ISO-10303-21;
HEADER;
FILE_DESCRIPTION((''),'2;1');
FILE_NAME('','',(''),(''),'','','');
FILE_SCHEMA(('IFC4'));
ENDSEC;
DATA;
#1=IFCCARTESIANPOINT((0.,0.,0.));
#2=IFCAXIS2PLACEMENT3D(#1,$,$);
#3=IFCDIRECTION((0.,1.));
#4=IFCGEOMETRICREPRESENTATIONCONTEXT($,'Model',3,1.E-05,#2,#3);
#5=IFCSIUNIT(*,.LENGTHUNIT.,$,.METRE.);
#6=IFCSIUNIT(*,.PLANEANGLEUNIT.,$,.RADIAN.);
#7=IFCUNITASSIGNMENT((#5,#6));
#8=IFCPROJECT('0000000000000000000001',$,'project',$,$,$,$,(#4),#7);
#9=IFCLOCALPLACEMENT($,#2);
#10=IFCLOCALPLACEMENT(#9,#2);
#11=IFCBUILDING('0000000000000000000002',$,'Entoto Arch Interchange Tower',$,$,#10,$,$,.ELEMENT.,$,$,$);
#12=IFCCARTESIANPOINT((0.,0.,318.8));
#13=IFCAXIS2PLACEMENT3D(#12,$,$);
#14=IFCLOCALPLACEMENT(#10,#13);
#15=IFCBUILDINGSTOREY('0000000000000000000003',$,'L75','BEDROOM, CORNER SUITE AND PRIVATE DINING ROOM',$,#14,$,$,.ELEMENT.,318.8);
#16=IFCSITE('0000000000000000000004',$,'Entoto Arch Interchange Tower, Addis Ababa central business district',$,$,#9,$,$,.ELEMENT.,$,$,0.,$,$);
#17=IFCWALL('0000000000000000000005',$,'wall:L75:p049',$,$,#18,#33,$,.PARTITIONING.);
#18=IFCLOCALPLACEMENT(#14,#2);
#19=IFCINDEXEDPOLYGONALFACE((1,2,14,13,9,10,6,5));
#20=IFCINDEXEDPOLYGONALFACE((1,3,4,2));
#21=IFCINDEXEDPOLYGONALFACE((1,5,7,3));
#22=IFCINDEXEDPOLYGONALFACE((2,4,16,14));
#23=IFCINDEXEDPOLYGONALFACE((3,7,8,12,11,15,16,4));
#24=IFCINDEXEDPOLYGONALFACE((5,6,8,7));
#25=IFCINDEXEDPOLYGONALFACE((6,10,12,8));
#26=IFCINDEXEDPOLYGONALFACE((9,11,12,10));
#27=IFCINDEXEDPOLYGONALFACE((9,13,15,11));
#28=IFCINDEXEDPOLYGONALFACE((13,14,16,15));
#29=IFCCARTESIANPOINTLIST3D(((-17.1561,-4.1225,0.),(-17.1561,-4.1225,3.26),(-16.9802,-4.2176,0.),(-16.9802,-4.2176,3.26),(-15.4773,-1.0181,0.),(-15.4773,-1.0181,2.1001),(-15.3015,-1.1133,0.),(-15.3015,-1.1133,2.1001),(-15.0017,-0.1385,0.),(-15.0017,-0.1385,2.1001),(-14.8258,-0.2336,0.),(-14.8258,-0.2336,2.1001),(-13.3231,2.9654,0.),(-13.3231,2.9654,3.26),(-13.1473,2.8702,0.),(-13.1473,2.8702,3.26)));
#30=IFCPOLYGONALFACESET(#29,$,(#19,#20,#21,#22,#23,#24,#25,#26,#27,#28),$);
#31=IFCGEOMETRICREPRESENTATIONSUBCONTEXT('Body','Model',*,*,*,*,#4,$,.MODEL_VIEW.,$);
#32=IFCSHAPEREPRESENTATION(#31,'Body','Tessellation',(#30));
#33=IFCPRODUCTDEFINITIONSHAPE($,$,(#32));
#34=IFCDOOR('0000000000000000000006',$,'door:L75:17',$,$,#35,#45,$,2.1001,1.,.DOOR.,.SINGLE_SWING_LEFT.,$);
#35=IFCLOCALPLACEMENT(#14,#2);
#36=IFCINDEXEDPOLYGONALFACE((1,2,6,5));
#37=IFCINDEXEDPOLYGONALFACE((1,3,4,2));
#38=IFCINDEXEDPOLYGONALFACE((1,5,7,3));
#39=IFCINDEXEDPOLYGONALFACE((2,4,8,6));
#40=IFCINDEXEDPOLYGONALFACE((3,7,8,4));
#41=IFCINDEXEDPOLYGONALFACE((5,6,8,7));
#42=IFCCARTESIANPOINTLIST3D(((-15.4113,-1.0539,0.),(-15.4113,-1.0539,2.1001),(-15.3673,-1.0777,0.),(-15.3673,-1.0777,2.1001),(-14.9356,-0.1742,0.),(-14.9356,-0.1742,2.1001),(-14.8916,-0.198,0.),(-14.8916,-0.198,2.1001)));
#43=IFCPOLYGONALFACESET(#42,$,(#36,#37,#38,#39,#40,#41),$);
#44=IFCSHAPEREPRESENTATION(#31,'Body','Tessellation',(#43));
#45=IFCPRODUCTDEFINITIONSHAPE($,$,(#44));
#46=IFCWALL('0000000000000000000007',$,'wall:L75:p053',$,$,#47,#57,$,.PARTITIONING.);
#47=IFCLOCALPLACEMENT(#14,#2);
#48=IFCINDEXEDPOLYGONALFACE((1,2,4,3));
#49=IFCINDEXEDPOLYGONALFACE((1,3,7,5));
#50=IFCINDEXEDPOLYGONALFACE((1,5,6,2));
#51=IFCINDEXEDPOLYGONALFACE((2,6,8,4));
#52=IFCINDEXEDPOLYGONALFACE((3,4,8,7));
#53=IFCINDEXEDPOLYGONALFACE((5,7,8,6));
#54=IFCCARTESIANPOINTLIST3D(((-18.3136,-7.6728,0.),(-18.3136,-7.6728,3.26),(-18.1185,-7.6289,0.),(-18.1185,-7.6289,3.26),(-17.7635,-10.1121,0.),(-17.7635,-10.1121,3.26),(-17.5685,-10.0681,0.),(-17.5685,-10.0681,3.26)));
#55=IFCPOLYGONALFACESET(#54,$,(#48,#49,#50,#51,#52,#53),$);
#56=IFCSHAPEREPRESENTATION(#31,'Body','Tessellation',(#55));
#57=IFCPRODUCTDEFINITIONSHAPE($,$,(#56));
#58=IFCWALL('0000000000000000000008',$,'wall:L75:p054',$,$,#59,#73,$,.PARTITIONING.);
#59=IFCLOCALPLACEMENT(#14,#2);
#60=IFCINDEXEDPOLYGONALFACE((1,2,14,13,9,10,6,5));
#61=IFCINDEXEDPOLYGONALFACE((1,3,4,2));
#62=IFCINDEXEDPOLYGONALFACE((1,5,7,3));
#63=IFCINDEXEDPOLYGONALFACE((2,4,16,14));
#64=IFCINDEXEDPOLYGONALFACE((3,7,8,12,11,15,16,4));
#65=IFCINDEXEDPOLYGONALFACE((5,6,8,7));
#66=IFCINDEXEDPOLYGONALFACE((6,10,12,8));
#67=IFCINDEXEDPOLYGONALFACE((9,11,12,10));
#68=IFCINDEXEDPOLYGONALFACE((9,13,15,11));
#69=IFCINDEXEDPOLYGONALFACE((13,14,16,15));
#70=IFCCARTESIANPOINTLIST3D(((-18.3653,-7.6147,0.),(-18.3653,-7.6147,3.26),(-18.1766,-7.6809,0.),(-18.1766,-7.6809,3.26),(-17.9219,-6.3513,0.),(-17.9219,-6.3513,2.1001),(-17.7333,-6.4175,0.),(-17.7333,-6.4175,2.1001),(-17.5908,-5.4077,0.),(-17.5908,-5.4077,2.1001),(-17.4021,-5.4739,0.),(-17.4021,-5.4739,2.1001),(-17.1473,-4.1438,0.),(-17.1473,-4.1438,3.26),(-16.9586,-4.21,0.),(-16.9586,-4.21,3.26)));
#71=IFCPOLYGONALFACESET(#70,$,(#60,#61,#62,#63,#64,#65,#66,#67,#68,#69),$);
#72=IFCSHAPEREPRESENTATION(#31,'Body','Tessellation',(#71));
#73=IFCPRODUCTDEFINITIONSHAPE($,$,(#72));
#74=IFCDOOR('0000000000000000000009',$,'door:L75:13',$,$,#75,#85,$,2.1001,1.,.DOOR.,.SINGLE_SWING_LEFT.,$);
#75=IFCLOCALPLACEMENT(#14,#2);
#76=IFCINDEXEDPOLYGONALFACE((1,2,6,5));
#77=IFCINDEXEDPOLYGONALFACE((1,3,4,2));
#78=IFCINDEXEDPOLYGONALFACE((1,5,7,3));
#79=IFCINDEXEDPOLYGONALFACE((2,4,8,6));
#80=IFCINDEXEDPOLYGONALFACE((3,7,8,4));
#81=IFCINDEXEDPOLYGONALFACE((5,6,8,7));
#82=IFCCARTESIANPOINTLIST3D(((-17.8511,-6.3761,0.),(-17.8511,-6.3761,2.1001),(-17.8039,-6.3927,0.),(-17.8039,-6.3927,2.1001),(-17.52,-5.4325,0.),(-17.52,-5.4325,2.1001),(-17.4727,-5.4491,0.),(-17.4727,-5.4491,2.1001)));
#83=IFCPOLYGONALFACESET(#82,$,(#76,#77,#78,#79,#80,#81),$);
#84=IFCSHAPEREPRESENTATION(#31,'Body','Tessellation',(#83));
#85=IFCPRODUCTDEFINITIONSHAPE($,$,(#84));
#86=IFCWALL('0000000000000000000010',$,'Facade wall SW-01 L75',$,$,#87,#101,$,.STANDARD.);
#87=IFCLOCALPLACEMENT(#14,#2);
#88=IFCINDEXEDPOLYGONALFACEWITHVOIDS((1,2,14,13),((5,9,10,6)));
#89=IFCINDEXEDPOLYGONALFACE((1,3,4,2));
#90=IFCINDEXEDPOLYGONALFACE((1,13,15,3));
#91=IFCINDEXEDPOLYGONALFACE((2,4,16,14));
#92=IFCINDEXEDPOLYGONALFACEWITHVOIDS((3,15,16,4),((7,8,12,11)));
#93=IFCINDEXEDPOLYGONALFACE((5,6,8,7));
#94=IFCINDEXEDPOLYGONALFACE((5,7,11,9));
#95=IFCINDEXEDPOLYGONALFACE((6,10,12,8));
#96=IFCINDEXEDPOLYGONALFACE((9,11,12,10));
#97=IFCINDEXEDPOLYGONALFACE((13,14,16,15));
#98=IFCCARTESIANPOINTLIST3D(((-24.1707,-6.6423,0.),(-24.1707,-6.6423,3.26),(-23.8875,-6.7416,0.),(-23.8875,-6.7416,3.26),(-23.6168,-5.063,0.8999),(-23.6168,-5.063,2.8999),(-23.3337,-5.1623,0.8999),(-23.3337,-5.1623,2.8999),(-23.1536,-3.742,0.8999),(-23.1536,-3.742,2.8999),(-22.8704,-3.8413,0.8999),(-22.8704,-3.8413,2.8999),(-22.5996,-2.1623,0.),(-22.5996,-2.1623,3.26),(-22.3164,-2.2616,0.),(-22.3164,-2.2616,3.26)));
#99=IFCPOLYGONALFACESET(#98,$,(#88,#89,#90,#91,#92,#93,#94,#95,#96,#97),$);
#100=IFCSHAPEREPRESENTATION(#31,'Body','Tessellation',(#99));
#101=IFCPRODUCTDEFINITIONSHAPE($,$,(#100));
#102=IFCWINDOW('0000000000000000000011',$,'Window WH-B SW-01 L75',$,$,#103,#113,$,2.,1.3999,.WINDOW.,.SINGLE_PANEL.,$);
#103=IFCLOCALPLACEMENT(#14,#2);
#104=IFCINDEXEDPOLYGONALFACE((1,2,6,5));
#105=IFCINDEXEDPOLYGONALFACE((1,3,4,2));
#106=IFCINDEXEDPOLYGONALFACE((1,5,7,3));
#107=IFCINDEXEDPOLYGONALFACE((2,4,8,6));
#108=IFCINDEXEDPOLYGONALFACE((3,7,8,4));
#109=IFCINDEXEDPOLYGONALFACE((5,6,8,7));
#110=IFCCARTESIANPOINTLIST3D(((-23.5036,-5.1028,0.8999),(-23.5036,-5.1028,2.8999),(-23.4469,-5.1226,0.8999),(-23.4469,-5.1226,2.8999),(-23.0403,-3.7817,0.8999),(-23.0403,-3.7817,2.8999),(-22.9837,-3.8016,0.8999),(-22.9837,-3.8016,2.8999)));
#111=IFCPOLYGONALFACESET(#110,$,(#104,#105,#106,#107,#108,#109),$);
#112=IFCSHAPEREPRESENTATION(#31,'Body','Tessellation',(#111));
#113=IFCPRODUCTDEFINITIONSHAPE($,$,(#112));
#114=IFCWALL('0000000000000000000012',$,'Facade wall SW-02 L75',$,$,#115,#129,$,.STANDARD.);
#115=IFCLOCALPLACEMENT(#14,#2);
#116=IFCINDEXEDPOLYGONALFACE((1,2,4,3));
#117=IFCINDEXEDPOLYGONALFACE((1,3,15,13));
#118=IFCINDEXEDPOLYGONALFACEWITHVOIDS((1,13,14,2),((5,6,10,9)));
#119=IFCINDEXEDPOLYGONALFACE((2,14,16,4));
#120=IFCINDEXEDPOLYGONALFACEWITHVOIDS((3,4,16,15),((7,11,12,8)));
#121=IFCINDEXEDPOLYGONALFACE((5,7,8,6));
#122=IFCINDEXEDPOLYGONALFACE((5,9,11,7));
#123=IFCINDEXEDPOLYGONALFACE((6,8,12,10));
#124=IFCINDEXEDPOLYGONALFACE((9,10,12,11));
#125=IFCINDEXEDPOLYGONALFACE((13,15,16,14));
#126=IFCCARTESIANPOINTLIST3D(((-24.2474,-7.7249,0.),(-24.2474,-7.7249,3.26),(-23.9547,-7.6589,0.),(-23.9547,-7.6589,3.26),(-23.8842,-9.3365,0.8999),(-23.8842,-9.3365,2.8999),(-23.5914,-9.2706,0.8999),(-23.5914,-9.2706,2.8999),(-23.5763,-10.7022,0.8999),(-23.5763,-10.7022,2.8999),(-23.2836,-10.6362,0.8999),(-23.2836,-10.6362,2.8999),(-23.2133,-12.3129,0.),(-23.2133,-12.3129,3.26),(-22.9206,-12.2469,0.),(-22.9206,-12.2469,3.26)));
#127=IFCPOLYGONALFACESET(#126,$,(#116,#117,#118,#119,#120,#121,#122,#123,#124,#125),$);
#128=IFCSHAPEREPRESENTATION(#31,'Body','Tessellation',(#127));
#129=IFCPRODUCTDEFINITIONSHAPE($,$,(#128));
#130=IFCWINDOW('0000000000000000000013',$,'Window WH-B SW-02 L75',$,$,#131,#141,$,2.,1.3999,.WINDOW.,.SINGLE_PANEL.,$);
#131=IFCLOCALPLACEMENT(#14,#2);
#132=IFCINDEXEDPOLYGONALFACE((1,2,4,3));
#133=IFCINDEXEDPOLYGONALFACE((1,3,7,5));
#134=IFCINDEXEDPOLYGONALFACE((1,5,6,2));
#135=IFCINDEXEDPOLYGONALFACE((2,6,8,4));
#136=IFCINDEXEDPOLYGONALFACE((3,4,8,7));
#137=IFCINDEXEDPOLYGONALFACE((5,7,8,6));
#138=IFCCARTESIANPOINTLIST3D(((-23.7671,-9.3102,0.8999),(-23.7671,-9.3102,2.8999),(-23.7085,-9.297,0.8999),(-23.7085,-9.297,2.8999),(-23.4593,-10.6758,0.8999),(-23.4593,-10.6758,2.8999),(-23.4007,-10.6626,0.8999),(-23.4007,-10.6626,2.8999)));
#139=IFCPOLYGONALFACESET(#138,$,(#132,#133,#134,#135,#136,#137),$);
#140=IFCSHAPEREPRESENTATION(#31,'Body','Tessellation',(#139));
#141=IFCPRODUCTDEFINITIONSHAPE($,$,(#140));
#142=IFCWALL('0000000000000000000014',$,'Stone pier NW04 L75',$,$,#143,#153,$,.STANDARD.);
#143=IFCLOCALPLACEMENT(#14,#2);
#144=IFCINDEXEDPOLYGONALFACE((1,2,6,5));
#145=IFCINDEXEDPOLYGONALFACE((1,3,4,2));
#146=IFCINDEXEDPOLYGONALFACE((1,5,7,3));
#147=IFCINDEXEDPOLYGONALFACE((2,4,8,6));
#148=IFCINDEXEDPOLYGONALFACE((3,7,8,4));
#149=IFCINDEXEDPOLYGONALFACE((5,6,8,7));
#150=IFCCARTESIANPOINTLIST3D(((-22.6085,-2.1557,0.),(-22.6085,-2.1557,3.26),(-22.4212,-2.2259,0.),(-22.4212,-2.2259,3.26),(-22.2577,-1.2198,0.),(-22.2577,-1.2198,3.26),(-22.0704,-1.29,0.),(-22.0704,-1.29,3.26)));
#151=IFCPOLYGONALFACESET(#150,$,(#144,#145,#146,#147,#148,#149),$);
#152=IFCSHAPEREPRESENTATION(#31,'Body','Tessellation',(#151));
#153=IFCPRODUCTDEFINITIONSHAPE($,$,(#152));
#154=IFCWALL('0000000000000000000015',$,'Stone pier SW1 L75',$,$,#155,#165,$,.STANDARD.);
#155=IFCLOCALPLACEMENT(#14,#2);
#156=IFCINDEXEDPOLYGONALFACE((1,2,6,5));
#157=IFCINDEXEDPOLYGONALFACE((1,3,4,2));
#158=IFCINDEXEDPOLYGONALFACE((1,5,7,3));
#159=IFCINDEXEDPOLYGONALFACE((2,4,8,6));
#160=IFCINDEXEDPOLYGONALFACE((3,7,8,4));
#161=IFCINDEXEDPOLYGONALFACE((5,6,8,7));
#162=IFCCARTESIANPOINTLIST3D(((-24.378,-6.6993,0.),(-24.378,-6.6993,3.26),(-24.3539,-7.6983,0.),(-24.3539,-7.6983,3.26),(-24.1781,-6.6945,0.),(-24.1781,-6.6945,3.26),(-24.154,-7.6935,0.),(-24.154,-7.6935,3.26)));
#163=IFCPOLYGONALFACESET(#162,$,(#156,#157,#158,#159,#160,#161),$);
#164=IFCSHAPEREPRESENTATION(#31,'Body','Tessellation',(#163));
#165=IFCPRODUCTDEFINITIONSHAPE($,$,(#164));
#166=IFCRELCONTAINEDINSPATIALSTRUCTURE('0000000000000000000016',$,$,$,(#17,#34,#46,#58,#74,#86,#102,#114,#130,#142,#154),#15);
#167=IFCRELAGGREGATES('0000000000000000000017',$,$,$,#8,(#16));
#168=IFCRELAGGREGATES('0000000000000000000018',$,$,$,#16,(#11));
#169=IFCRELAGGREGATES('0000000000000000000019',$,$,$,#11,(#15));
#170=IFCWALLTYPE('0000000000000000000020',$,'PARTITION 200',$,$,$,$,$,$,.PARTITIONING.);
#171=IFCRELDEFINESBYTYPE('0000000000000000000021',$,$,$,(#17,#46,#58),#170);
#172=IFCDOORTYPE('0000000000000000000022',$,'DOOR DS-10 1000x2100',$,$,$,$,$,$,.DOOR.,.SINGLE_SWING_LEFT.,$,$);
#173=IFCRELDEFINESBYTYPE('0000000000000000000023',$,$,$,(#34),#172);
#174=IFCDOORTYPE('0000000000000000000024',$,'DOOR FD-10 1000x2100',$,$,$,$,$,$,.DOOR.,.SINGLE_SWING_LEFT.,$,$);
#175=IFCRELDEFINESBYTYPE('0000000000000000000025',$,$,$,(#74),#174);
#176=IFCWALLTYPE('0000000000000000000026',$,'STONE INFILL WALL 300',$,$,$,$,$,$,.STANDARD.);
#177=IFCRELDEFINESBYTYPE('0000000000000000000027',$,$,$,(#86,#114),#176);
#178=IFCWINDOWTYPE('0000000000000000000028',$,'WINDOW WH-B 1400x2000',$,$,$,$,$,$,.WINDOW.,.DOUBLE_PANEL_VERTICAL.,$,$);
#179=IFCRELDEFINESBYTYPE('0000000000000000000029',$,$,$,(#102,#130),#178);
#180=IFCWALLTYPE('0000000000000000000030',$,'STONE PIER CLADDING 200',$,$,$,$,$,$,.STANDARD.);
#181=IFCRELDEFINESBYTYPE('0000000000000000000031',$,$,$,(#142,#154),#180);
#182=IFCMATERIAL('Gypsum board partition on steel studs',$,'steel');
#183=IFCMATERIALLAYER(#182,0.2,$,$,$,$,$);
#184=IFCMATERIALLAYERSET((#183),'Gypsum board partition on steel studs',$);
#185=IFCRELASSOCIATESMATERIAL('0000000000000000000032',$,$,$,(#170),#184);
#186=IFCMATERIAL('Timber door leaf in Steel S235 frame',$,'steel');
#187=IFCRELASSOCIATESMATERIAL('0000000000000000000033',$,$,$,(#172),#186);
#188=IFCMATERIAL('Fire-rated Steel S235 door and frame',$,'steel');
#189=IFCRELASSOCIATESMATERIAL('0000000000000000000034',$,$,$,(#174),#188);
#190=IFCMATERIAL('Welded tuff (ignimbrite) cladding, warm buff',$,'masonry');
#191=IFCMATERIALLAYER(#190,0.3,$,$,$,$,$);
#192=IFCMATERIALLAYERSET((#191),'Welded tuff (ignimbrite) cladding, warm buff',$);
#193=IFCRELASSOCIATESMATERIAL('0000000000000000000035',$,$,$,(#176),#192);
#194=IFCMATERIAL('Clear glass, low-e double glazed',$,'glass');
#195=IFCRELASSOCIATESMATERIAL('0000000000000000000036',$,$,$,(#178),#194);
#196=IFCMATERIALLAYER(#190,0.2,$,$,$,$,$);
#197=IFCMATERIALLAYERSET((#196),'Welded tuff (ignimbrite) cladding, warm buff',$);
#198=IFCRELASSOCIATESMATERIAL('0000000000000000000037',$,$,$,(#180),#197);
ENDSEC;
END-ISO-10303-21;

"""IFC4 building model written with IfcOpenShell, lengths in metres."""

from ifc_helpers import new_model, si_unit, direction, frame, frame_2d, origin, place, context, subcontext, project, spatial, rectangle, extrude, material, layer, layer_set, type_object, element, fill, save


model = new_model("IFC4")

# Units and contexts
model_context = context("Model", 3, precision=1e-05, world=origin(), true_north=direction((0.0, 1.0)))
body_context = subcontext(model_context, "Body", "Model", "MODEL_VIEW")
ifc_project = project(units=[si_unit("LENGTHUNIT", "METRE"), si_unit("PLANEANGLEUNIT", "RADIAN")], contexts=[model_context])

# Site, building, storey
site_placement = place(None, origin())
site = spatial("IfcSite", under=ifc_project, at=site_placement, Name="Entoto Arch Interchange Tower, Addis Ababa central business district", CompositionType="ELEMENT", RefElevation=0.0)
building_placement = place(site_placement, origin())
building = spatial("IfcBuilding", under=site, at=building_placement, Name="Entoto Arch Interchange Tower", CompositionType="ELEMENT")
storey_placement = place(building_placement, frame((0.0, 0.0, 318.8)))
storey = spatial("IfcBuildingStorey", under=building, at=storey_placement, Name="L75", Description="BEDROOM, CORNER SUITE AND PRIVATE DINING ROOM", CompositionType="ELEMENT", Elevation=318.8)

# Shared definitions
ifc_material_1 = material(Name="Gypsum board partition on steel studs", Category="steel")
ifc_layer_1 = layer(ifc_material_1, 0.2)
ifc_layer_set_1 = layer_set([ifc_layer_1], Name="Gypsum board partition on steel studs")
wall_type_1 = type_object("IfcWallType", Name="PARTITION 200", PredefinedType="PARTITIONING", material=ifc_layer_set_1)

# Shared definitions
ifc_material_2 = material(Name="Timber door leaf in Steel S235 frame", Category="steel")
door_type_1 = type_object("IfcDoorType", Name="DOOR DS-10 1000x2100", OperationType="SINGLE_SWING_LEFT", PredefinedType="DOOR", material=ifc_material_2)

# Wall, opening, door
wall_1_placement = place(storey_placement, frame((-17.0681, -4.1699, 0.0), z_axis=(0.0, 0.0, 1.0), x_axis=(0.475682, 0.879617, 0.0)))
wall_1 = element("IfcWall", 1, at=wall_1_placement, inside=storey, type_object=wall_type_1, Name="wall:L75:p049", PredefinedType="PARTITIONING", context=body_context, shape_type="SweptSolid", body=[
    extrude(rectangle(XDim=8.0579, YDim=0.2, at=frame_2d((4.0288, 0.0))), origin(), (0.0, 0.0, 1.0), 3.26),
])
opening_1_placement = place(wall_1_placement, frame((3.5291, 0.0, 0.0)))
opening_1 = element("IfcOpeningElement", 2, at=opening_1_placement, cuts=wall_1, PredefinedType="OPENING", context=body_context, shape_type="SweptSolid", body=[
    extrude(rectangle(XDim=1.0, YDim=2.1001, at=frame_2d((0.5, 1.05))), frame((0.0, 0.1099, 0.0), z_axis=(0.0, -1.0, 0.0), x_axis=(1.0, 0.0, 0.0)), (0.0, 0.0, 1.0), 0.22),
])
door_1_placement = place(opening_1_placement, origin())
door_1 = element("IfcDoor", 3, at=door_1_placement, inside=storey, type_object=door_type_1, Name="door:L75:17", OperationType="SINGLE_SWING_LEFT", OverallHeight=2.1001, OverallWidth=1.0, PredefinedType="DOOR", context=body_context, shape_type="SweptSolid", body=[
    extrude(rectangle(XDim=1.0, YDim=2.1001, at=frame_2d((0.5, 1.05))), frame((0.0, 0.0249, 0.0), z_axis=(0.0, -1.0, 0.0), x_axis=(1.0, 0.0, 0.0)), (0.0, 0.0, 1.0), 0.05),
])
fill(opening_1, door_1)

# Wall
wall_2_placement = place(storey_placement, frame((-17.666, -10.0901, 0.0), z_axis=(0.0, 0.0, 1.0), x_axis=(-0.219979, 0.975505, 0.0)))
element("IfcWall", 4, at=wall_2_placement, inside=storey, type_object=wall_type_1, Name="wall:L75:p053", PredefinedType="PARTITIONING", context=body_context, shape_type="SweptSolid", body=[
    extrude(rectangle(XDim=2.5005, YDim=0.2, at=frame_2d((1.2502, 0.0))), origin(), (0.0, 0.0, 1.0), 3.26),
])

# Wall, opening, door
wall_3_placement = place(storey_placement, frame((-18.271, -7.6479, 0.0), z_axis=(0.0, 0.0, 1.0), x_axis=(0.331122, 0.943588, 0.0)))
wall_3 = element("IfcWall", 5, at=wall_3_placement, inside=storey, type_object=wall_type_1, Name="wall:L75:p054", PredefinedType="PARTITIONING", context=body_context, shape_type="SweptSolid", body=[
    extrude(rectangle(XDim=3.6785, YDim=0.2, at=frame_2d((1.8394, 0.0))), origin(), (0.0, 0.0, 1.0), 3.26),
])
opening_2_placement = place(wall_3_placement, frame((1.3391, 0.0, 0.0)))
opening_2 = element("IfcOpeningElement", 6, at=opening_2_placement, cuts=wall_3, PredefinedType="OPENING", context=body_context, shape_type="SweptSolid", body=[
    extrude(rectangle(XDim=1.0, YDim=2.1001, at=frame_2d((0.5, 1.05))), frame((0.0, 0.1099, 0.0), z_axis=(0.0, -1.0, 0.0), x_axis=(1.0, 0.0, 0.0)), (0.0, 0.0, 1.0), 0.22),
])
ifc_material_3 = material(Name="Fire-rated Steel S235 door and frame", Category="steel")
door_type_2 = type_object("IfcDoorType", Name="DOOR FD-10 1000x2100", OperationType="SINGLE_SWING_LEFT", PredefinedType="DOOR", material=ifc_material_3)
door_2_placement = place(opening_2_placement, origin())
door_2 = element("IfcDoor", 7, at=door_2_placement, inside=storey, type_object=door_type_2, Name="door:L75:13", OperationType="SINGLE_SWING_LEFT", OverallHeight=2.1001, OverallWidth=1.0, PredefinedType="DOOR", context=body_context, shape_type="SweptSolid", body=[
    extrude(rectangle(XDim=1.0, YDim=2.1001, at=frame_2d((0.5, 1.05))), frame((0.0, 0.0249, 0.0), z_axis=(0.0, -1.0, 0.0), x_axis=(1.0, 0.0, 0.0)), (0.0, 0.0, 1.0), 0.05),
])
fill(opening_2, door_2)

# Walls, openings, windows
ifc_material_4 = material(Name="Welded tuff (ignimbrite) cladding, warm buff", Category="masonry")
ifc_layer_2 = layer(ifc_material_4, 0.3)
ifc_layer_set_2 = layer_set([ifc_layer_2], Name="Welded tuff (ignimbrite) cladding, warm buff")
wall_type_2 = type_object("IfcWallType", Name="STONE INFILL WALL 300", PredefinedType="STANDARD", material=ifc_layer_set_2)
wall_4_placement = place(storey_placement, frame((-22.458, -2.2119, 0.0), z_axis=(0.0, 0.0, 1.0), x_axis=(-0.330923, -0.943658, 0.0)))
wall_4 = element("IfcWall", 8, at=wall_4_placement, inside=storey, type_object=wall_type_2, Name="Facade wall SW-01 L75", PredefinedType="STANDARD", context=body_context, shape_type="SweptSolid", body=[
    extrude(rectangle(XDim=4.7476, YDim=0.3, at=frame_2d((2.3738, 0.0))), origin(), (0.0, 0.0, 1.0), 3.26),
])
opening_3_placement = place(wall_4_placement, frame((1.6741, 0.0, 0.8999)))
opening_3 = element("IfcOpeningElement", 9, at=opening_3_placement, cuts=wall_4, PredefinedType="OPENING", context=body_context, shape_type="SweptSolid", body=[
    extrude(rectangle(XDim=1.3999, YDim=2.0, at=frame_2d((0.7, 1.0))), frame((0.0, 0.1602, 0.0), z_axis=(0.0, -1.0, 0.0), x_axis=(1.0, 0.0, 0.0)), (0.0, 0.0, 1.0), 0.3201),
])
ifc_material_5 = material(Name="Clear glass, low-e double glazed", Category="glass")
window_type = type_object("IfcWindowType", Name="WINDOW WH-B 1400x2000", PartitioningType="DOUBLE_PANEL_VERTICAL", PredefinedType="WINDOW", material=ifc_material_5)
window_1_placement = place(opening_3_placement, origin())
window_1 = element("IfcWindow", 10, at=window_1_placement, inside=storey, type_object=window_type, Name="Window WH-B SW-01 L75", OverallHeight=2.0, OverallWidth=1.3999, PartitioningType="SINGLE_PANEL", PredefinedType="WINDOW", context=body_context, shape_type="SweptSolid", body=[
    extrude(rectangle(XDim=1.3999, YDim=2.0, at=frame_2d((0.7, 1.0))), frame((0.0, 0.03, 0.0), z_axis=(0.0, -1.0, 0.0), x_axis=(1.0, 0.0, 0.0)), (0.0, 0.0, 1.0), 0.0601),
])
fill(opening_3, window_1)
wall_5_placement = place(storey_placement, frame((-24.1011, -7.6919, 0.0), z_axis=(0.0, 0.0, 1.0), x_axis=(0.219886, -0.975525, 0.0)))
wall_5 = element("IfcWall", 11, at=wall_5_placement, inside=storey, type_object=wall_type_2, Name="Facade wall SW-02 L75", PredefinedType="STANDARD", context=body_context, shape_type="SweptSolid", body=[
    extrude(rectangle(XDim=4.7031, YDim=0.3, at=frame_2d((2.3516, 0.0))), origin(), (0.0, 0.0, 1.0), 3.26),
])
opening_4_placement = place(wall_5_placement, frame((1.6521, 0.0, 0.8999)))
opening_4 = element("IfcOpeningElement", 12, at=opening_4_placement, cuts=wall_5, PredefinedType="OPENING", context=body_context, shape_type="SweptSolid", body=[
    extrude(rectangle(XDim=1.3999, YDim=2.0, at=frame_2d((0.7, 1.0))), frame((0.0, 0.1602, 0.0), z_axis=(0.0, -1.0, 0.0), x_axis=(1.0, 0.0, 0.0)), (0.0, 0.0, 1.0), 0.3201),
])
window_2_placement = place(opening_4_placement, origin())
window_2 = element("IfcWindow", 13, at=window_2_placement, inside=storey, type_object=window_type, Name="Window WH-B SW-02 L75", OverallHeight=2.0, OverallWidth=1.3999, PartitioningType="SINGLE_PANEL", PredefinedType="WINDOW", context=body_context, shape_type="SweptSolid", body=[
    extrude(rectangle(XDim=1.3999, YDim=2.0, at=frame_2d((0.7, 1.0))), frame((0.0, 0.03, 0.0), z_axis=(0.0, -1.0, 0.0), x_axis=(1.0, 0.0, 0.0)), (0.0, 0.0, 1.0), 0.0601),
])
fill(opening_4, window_2)

# Walls
ifc_layer_3 = layer(ifc_material_4, 0.2)
ifc_layer_set_3 = layer_set([ifc_layer_3], Name="Welded tuff (ignimbrite) cladding, warm buff")
wall_type_3 = type_object("IfcWallType", Name="STONE PIER CLADDING 200", PredefinedType="STANDARD", material=ifc_layer_set_3)
wall_6_placement = place(storey_placement, frame((-22.1641, -1.2549, 0.0), z_axis=(0.0, 0.0, 1.0), x_axis=(-0.350963, -0.936389, 0.0)))
element("IfcWall", 14, at=wall_6_placement, inside=storey, type_object=wall_type_3, Name="Stone pier NW04 L75", PredefinedType="STANDARD", context=body_context, shape_type="SweptSolid", body=[
    extrude(rectangle(XDim=0.9995, YDim=0.2, at=frame_2d((0.4998, 0.0))), origin(), (0.0, 0.0, 1.0), 3.26),
])
wall_7_placement = place(storey_placement, frame((-24.2781, -6.697, 0.0), z_axis=(0.0, 0.0, 1.0), x_axis=(0.024186, -0.999707, 0.0)))
element("IfcWall", 15, at=wall_7_placement, inside=storey, type_object=wall_type_3, Name="Stone pier SW1 L75", PredefinedType="STANDARD", context=body_context, shape_type="SweptSolid", body=[
    extrude(rectangle(XDim=0.9993, YDim=0.2, at=frame_2d((0.4995, 0.0))), origin(), (0.0, 0.0, 1.0), 3.26),
])

save(model, "model.ifc")
